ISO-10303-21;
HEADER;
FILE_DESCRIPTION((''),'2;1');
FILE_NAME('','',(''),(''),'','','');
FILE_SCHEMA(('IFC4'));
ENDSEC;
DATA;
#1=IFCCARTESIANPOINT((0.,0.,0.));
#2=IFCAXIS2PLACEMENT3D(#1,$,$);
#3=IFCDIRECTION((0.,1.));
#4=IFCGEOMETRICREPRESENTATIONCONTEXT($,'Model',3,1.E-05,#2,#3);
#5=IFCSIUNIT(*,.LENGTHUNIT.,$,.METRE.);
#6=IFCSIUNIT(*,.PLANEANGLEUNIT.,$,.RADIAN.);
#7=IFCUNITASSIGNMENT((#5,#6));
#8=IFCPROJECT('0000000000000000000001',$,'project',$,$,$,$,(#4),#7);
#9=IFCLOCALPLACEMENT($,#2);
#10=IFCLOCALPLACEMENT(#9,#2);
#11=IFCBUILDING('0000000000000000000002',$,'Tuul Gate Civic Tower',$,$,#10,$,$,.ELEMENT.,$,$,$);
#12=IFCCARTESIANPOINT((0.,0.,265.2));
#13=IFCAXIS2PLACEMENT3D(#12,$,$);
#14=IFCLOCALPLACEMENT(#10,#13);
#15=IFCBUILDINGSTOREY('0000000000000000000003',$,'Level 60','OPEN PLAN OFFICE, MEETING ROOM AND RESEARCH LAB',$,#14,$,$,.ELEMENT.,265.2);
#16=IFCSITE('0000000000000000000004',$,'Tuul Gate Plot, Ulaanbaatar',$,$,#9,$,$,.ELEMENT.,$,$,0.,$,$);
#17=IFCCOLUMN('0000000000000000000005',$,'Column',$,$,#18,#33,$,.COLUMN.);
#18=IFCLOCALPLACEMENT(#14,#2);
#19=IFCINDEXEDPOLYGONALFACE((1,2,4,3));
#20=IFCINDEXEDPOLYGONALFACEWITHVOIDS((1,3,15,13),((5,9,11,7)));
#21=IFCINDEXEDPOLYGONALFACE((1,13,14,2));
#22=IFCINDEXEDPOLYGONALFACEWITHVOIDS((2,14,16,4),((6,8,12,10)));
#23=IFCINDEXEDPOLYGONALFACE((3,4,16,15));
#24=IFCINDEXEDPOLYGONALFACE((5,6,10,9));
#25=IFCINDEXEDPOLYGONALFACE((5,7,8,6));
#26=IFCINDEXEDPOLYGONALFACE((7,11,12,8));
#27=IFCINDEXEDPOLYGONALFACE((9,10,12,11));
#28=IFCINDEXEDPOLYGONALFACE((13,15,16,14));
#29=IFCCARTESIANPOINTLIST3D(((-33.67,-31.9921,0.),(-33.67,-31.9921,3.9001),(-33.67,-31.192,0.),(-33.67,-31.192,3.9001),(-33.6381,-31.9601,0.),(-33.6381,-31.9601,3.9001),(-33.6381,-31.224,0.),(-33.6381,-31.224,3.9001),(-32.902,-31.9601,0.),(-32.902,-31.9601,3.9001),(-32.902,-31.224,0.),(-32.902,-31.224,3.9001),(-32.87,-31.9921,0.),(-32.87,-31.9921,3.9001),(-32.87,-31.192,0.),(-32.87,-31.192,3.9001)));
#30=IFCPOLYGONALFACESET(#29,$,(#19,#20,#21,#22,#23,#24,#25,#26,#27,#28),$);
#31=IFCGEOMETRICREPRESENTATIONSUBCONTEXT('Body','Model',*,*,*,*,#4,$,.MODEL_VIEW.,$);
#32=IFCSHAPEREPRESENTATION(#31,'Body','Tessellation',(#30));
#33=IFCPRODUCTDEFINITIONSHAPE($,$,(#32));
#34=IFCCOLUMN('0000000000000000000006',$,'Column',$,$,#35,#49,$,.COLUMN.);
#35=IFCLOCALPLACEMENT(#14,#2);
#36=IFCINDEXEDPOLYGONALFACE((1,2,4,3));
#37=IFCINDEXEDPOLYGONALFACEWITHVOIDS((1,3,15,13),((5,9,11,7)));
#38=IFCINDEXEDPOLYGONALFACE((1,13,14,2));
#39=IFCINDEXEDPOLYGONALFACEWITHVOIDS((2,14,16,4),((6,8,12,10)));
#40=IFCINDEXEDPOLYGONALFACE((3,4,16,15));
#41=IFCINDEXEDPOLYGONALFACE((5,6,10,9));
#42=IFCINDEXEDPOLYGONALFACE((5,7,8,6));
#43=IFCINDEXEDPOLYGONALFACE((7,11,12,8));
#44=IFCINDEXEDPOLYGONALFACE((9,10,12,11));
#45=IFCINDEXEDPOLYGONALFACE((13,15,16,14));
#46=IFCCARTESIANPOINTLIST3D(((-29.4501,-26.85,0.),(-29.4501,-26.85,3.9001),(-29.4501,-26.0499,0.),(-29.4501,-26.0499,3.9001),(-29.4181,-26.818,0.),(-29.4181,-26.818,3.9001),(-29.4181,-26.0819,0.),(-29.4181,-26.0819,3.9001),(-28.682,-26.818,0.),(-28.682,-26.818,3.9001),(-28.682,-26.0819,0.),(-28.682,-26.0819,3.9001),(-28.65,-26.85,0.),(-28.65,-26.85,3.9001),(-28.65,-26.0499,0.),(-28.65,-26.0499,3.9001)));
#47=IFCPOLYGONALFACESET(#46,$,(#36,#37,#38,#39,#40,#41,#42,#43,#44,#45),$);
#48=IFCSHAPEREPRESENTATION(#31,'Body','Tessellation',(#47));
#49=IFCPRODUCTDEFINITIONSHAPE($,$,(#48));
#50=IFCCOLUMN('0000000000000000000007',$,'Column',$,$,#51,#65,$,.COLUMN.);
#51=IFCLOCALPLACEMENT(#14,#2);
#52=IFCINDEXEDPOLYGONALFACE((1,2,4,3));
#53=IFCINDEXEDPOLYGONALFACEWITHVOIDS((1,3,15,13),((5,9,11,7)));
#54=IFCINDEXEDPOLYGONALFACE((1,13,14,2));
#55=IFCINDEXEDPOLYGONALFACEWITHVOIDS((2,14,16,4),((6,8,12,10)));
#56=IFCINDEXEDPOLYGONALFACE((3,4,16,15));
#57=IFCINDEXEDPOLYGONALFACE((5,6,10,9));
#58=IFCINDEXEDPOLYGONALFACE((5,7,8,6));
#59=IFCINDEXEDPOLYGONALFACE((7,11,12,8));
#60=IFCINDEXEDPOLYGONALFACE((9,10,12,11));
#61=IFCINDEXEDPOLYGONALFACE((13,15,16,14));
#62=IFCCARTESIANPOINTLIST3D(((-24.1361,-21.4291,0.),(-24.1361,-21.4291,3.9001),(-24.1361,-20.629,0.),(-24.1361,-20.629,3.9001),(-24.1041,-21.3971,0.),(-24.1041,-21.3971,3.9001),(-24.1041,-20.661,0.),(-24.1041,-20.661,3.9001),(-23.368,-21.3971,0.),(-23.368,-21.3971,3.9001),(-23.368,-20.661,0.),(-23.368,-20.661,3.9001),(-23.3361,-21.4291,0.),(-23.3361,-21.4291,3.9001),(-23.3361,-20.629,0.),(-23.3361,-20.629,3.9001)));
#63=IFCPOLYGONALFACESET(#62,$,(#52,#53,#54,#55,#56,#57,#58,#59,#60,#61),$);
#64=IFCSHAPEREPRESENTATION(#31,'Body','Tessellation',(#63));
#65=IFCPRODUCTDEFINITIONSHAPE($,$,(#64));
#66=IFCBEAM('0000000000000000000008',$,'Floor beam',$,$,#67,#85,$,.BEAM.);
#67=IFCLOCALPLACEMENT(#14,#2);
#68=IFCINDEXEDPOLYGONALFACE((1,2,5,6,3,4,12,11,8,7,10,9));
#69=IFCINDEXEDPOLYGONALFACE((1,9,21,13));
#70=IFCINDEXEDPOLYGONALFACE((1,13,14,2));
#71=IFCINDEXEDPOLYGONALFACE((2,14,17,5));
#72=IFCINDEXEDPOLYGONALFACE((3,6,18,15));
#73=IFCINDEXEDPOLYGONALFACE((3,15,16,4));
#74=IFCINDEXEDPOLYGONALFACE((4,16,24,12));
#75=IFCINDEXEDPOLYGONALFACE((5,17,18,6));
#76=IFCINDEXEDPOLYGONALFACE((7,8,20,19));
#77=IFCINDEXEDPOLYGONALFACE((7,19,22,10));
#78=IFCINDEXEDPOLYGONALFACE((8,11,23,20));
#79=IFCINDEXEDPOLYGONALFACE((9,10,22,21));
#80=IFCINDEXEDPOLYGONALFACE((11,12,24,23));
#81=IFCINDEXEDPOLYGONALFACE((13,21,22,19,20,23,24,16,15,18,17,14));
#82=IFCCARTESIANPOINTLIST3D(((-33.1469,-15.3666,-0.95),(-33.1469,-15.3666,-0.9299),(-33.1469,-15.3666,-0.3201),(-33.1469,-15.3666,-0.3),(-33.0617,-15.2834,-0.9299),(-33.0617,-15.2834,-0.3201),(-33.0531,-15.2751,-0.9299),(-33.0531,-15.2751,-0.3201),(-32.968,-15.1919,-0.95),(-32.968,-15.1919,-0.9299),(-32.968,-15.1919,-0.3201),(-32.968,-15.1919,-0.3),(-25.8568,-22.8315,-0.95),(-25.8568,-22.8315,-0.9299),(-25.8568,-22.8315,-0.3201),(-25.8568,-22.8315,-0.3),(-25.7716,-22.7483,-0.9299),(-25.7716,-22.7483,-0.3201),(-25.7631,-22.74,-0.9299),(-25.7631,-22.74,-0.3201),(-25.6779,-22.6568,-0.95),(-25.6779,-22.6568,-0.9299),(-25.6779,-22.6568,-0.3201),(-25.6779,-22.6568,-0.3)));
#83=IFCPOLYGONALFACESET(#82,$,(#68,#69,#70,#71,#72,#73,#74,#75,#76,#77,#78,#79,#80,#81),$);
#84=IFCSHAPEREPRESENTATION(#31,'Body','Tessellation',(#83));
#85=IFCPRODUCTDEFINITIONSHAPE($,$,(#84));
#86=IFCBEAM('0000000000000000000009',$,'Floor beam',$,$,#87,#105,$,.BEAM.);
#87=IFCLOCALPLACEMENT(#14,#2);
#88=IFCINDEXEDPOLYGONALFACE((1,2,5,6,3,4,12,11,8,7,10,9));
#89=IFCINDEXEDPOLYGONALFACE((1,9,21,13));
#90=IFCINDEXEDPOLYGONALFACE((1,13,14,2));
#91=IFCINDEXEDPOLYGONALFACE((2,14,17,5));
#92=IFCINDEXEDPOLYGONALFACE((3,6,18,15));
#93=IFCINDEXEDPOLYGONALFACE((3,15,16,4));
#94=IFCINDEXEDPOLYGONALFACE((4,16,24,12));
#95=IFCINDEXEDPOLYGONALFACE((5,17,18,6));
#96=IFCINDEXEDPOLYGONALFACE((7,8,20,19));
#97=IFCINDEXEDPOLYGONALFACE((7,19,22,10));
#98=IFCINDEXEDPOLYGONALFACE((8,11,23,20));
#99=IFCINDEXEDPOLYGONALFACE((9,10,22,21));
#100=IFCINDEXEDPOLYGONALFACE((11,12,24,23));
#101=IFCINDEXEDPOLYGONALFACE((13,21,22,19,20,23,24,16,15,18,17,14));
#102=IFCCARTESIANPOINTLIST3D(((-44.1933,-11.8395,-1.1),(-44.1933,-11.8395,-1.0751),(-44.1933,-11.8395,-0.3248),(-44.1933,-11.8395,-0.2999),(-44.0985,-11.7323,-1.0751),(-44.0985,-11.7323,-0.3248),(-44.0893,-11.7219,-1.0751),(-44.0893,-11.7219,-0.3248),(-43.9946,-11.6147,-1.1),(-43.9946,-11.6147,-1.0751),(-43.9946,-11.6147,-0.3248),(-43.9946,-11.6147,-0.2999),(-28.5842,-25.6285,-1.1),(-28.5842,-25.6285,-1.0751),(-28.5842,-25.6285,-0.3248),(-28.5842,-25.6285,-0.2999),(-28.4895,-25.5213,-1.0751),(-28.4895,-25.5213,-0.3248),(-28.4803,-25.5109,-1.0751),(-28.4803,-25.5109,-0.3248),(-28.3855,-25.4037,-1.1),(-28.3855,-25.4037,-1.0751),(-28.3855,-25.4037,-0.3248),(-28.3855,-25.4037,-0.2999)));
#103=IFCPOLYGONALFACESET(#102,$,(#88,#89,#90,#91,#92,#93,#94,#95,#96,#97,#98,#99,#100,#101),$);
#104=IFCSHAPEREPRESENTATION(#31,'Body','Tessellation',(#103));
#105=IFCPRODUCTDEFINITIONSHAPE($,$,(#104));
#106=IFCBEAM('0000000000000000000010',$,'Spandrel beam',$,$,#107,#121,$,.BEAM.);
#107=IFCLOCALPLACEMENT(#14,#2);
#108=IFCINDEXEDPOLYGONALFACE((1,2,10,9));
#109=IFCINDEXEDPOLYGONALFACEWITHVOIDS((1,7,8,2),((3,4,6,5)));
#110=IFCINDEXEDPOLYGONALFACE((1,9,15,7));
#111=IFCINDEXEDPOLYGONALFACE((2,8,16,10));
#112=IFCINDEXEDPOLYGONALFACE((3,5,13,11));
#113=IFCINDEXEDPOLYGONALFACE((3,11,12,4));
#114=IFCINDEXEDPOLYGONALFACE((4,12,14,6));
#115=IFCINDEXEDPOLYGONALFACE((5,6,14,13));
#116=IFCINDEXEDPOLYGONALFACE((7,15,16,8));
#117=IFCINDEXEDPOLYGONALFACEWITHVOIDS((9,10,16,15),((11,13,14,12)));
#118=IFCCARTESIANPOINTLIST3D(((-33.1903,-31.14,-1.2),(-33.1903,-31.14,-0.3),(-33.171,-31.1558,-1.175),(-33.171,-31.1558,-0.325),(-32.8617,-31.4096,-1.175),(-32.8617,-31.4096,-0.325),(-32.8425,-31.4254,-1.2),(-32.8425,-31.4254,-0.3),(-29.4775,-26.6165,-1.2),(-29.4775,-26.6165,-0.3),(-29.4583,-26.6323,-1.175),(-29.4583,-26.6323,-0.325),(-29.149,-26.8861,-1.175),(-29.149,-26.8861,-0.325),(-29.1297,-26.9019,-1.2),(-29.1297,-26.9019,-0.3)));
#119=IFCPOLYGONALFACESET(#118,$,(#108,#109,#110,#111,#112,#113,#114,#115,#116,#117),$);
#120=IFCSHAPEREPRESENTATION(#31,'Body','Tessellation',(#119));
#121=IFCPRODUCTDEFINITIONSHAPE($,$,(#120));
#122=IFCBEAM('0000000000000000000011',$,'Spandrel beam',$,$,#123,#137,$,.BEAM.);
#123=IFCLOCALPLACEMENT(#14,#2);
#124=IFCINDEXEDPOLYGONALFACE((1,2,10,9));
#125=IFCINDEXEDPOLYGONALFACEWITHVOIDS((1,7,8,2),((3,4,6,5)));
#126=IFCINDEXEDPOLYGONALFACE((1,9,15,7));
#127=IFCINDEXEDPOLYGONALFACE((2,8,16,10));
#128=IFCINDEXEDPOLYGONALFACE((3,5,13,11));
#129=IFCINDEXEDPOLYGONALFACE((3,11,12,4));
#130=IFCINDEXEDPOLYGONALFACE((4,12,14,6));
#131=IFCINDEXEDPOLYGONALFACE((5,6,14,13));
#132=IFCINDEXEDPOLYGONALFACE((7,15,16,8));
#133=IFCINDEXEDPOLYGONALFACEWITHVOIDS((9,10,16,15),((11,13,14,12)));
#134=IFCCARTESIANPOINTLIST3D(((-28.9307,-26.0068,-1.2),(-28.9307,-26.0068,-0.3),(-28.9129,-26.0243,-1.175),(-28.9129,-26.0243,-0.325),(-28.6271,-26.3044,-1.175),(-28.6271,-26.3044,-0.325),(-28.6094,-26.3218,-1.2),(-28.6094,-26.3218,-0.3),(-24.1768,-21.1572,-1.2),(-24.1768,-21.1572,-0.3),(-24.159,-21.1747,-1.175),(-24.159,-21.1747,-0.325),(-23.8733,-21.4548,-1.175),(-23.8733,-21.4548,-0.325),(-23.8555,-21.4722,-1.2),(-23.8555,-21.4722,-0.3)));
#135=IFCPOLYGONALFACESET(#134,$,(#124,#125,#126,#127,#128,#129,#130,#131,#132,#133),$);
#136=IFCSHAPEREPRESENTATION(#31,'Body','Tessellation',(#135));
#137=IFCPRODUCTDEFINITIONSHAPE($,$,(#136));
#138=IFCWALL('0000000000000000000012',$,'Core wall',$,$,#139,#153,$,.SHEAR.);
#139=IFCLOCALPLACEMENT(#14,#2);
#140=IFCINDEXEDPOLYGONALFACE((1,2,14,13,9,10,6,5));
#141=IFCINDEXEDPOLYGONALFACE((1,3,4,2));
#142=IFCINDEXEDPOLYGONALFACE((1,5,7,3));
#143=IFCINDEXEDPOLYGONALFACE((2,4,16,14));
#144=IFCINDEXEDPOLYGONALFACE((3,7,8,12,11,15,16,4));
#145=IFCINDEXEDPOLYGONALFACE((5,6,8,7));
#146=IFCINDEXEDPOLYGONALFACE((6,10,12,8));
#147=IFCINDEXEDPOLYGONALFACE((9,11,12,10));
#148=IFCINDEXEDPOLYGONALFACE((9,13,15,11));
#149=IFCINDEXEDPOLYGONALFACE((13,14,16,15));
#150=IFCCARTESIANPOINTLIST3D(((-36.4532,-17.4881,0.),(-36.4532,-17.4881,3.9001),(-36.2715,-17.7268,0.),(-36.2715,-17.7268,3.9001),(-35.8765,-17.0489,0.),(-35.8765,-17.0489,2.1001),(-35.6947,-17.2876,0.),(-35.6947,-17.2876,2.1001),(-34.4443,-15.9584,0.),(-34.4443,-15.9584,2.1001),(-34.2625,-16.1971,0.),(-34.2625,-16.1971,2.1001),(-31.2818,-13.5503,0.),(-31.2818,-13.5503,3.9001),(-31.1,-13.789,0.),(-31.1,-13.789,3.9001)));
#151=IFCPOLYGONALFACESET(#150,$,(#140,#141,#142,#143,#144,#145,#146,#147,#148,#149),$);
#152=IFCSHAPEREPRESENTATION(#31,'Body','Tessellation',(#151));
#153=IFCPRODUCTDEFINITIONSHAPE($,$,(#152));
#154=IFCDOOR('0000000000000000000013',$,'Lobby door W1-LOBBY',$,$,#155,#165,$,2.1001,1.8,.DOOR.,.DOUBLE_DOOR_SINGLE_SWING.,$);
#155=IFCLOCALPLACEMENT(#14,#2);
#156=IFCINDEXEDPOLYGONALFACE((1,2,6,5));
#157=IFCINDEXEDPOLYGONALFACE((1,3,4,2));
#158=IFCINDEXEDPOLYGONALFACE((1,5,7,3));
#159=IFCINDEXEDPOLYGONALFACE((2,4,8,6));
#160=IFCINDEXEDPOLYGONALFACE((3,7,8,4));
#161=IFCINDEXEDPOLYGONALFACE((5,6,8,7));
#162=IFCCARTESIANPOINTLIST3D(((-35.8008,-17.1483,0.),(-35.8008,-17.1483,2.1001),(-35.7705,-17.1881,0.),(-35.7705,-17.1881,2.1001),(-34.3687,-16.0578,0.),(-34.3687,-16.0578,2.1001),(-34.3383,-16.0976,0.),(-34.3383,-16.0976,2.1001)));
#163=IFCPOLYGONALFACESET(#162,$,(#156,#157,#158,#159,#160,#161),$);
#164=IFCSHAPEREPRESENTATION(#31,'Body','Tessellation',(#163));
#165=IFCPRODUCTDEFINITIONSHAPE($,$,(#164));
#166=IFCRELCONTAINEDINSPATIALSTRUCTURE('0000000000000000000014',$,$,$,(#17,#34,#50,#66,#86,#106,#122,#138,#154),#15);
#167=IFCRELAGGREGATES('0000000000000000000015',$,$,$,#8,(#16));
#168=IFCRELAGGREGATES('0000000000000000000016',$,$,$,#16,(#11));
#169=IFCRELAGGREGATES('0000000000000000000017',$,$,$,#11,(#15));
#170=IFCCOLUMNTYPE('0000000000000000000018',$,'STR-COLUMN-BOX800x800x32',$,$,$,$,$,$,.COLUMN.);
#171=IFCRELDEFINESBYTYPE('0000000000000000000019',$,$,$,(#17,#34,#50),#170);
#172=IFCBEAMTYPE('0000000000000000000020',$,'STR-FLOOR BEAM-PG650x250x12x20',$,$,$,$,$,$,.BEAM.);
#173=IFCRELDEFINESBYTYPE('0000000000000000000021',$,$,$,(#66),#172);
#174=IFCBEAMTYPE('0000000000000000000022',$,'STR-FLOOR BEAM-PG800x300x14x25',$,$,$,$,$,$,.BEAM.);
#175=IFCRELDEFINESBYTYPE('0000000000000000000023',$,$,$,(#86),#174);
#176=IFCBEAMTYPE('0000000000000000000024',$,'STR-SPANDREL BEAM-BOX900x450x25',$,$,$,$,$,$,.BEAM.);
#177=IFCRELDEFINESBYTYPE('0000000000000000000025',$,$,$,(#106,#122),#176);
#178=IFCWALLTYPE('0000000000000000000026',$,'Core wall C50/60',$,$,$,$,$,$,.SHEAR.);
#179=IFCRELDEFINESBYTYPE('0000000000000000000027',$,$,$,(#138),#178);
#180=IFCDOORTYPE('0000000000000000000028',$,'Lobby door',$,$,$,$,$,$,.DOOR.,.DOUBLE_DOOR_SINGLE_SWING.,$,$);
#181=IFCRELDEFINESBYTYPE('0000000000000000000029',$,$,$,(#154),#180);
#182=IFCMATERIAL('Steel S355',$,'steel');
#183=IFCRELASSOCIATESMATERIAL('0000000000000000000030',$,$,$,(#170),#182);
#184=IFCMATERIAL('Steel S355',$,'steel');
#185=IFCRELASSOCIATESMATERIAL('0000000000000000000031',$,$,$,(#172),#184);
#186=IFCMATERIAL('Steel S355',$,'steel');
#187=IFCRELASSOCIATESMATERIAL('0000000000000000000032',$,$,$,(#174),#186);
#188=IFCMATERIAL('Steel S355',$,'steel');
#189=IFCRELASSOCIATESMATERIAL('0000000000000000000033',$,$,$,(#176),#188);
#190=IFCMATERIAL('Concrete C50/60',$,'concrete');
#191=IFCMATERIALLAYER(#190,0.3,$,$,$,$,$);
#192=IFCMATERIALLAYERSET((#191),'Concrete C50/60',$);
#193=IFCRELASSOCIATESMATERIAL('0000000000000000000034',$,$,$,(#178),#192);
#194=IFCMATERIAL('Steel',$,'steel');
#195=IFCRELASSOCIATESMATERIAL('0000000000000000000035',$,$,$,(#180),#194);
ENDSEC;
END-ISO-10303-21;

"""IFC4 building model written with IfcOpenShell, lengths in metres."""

from ifc_helpers import new_model, si_unit, direction, frame, frame_2d, origin, origin_2d, place, context, subcontext, project, spatial, rectangle, hollow_rectangle, i_section, extrude, material, layer, layer_set, material_profile, profile_set, type_object, element, fill, save


model = new_model("IFC4")

# Units and contexts
model_context = context("Model", 3, precision=1e-05, world=origin(), true_north=direction((0.0, 1.0)))
body_context = subcontext(model_context, "Body", "Model", "MODEL_VIEW")
ifc_project = project(units=[si_unit("LENGTHUNIT", "METRE"), si_unit("PLANEANGLEUNIT", "RADIAN")], contexts=[model_context])

# Site, building, storey
site_placement = place(None, origin())
site = spatial("IfcSite", under=ifc_project, at=site_placement, Name="Tuul Gate Plot, Ulaanbaatar", CompositionType="ELEMENT", RefElevation=0.0)
building_placement = place(site_placement, origin())
building = spatial("IfcBuilding", under=site, at=building_placement, Name="Tuul Gate Civic Tower", CompositionType="ELEMENT")
storey_placement = place(building_placement, frame((0.0, 0.0, 265.2)))
storey = spatial("IfcBuildingStorey", under=building, at=storey_placement, Name="Level 60", Description="OPEN PLAN OFFICE, MEETING ROOM AND RESEARCH LAB", CompositionType="ELEMENT", Elevation=265.2)

# Columns
ifc_material_1 = material(Name="Steel S355", Category="steel")
ifc_material_profile_1 = material_profile(ifc_material_1, hollow_rectangle(XDim=0.8, YDim=0.8, WallThickness=0.032, at=origin_2d()), Name="BOX800x800x32")
ifc_profile_set_1 = profile_set([ifc_material_profile_1], Name="Steel S355")
column_type = type_object("IfcColumnType", Name="STR-COLUMN-BOX800x800x32", PredefinedType="COLUMN", material=ifc_profile_set_1)
for number, where, z_axis, x_axis, name in (
    (1, (-33.27, -31.592, 0.0), (0.0, 0.0, 1.0), (1.0, 0.0, 0.0), "Column"),
    (2, (-29.05, -26.45, 0.0), (0.0, 0.0, 1.0), (1.0, 0.0, 0.0), "Column"),
    (3, (-23.7361, -21.0291, 0.0), (0.0, 0.0, 1.0), (1.0, 0.0, 0.0), "Column"),
):
    element("IfcColumn", number, at=place(storey_placement, frame(where, z_axis=z_axis, x_axis=x_axis)), inside=storey, type_object=column_type, Name=name, PredefinedType="COLUMN", context=body_context, shape_type="SweptSolid", body=[
        extrude(hollow_rectangle(XDim=0.8, YDim=0.8, WallThickness=0.032, at=origin_2d()), origin(), (0.0, 0.0, 1.0), 3.9001),
    ])

# Beams
ifc_material_2 = material(Name="Steel S355", Category="steel")
ifc_material_profile_2 = material_profile(ifc_material_2, i_section(OverallWidth=0.25, OverallDepth=0.6499, WebThickness=0.012, FlangeThickness=0.02, at=origin_2d()), Name="PG650x250x12x20")
ifc_profile_set_2 = profile_set([ifc_material_profile_2], Name="Steel S355")
beam_type_1 = type_object("IfcBeamType", Name="STR-FLOOR BEAM-PG650x250x12x20", PredefinedType="BEAM", material=ifc_profile_set_2)
beam_1_placement = place(storey_placement, frame((-25.7673, -22.7441, -0.625), z_axis=(-0.69868, 0.715434, 0.0), x_axis=(-0.715434, -0.69868, 0.0)))
element("IfcBeam", 4, at=beam_1_placement, inside=storey, type_object=beam_type_1, Name="Floor beam", PredefinedType="BEAM", context=body_context, shape_type="SweptSolid", body=[
    extrude(i_section(OverallWidth=0.25, OverallDepth=0.6499, WebThickness=0.012, FlangeThickness=0.02, at=origin_2d()), origin(), (0.0, 0.0, 1.0), 10.4341),
])
ifc_material_3 = material(Name="Steel S355", Category="steel")
ifc_material_profile_3 = material_profile(ifc_material_3, i_section(OverallWidth=0.3, OverallDepth=0.8, WebThickness=0.0139, FlangeThickness=0.0249, at=origin_2d()), Name="PG800x300x14x25")
ifc_profile_set_3 = profile_set([ifc_material_profile_3], Name="Steel S355")
beam_type_2 = type_object("IfcBeamType", Name="STR-FLOOR BEAM-PG800x300x14x25", PredefinedType="BEAM", material=ifc_profile_set_3)
beam_2_placement = place(storey_placement, frame((-28.4849, -25.5161, -0.7), z_axis=(-0.749449, 0.662062, 0.0), x_axis=(-0.662062, -0.749449, 0.0)))
element("IfcBeam", 5, at=beam_2_placement, inside=storey, type_object=beam_type_2, Name="Floor beam", PredefinedType="BEAM", context=body_context, shape_type="SweptSolid", body=[
    extrude(i_section(OverallWidth=0.3, OverallDepth=0.8, WebThickness=0.0139, FlangeThickness=0.0249, at=origin_2d()), origin(), (0.0, 0.0, 1.0), 20.8274),
])
ifc_material_4 = material(Name="Steel S355", Category="steel")
ifc_material_profile_4 = material_profile(ifc_material_4, hollow_rectangle(XDim=0.45, YDim=0.8999, WallThickness=0.0249, at=origin_2d()), Name="BOX900x450x25")
ifc_profile_set_4 = profile_set([ifc_material_profile_4], Name="Steel S355")
beam_type_3 = type_object("IfcBeamType", Name="STR-SPANDREL BEAM-BOX900x450x25", PredefinedType="BEAM", material=ifc_profile_set_4)
beam_3_placement = place(storey_placement, frame((-33.0164, -31.2827, -0.75), z_axis=(0.63443, 0.772981, 0.0), x_axis=(-0.772981, 0.63443, 0.0)))
element("IfcBeam", 6, at=beam_3_placement, inside=storey, type_object=beam_type_3, Name="Spandrel beam", PredefinedType="BEAM", context=body_context, shape_type="SweptSolid", body=[
    extrude(hollow_rectangle(XDim=0.45, YDim=0.8999, WallThickness=0.0249, at=origin_2d()), origin(), (0.0, 0.0, 1.0), 5.8521),
])
beam_4_placement = place(storey_placement, frame((-28.77, -26.1643, -0.75), z_axis=(0.700025, 0.714118, 0.0), x_axis=(-0.714118, 0.700025, 0.0)))
element("IfcBeam", 7, at=beam_4_placement, inside=storey, type_object=beam_type_3, Name="Spandrel beam", PredefinedType="BEAM", context=body_context, shape_type="SweptSolid", body=[
    extrude(hollow_rectangle(XDim=0.45, YDim=0.8999, WallThickness=0.0249, at=origin_2d()), origin(), (0.0, 0.0, 1.0), 6.791),
])

# Wall, opening, door
ifc_material_5 = material(Name="Concrete C50/60", Category="concrete")
ifc_layer_1 = layer(ifc_material_5, 0.3)
ifc_layer_set_1 = layer_set([ifc_layer_1], Name="Concrete C50/60")
wall_type_1 = type_object("IfcWallType", Name="Core wall C50/60", PredefinedType="SHEAR", material=ifc_layer_set_1)
wall_1_placement = place(storey_placement, frame((-31.1909, -13.6697, 0.0), z_axis=(0.0, 0.0, 1.0), x_axis=(-0.795607, -0.605813, 0.0)))
wall_1 = element("IfcWall", 8, at=wall_1_placement, inside=storey, type_object=wall_type_1, Name="Core wall", PredefinedType="SHEAR", context=body_context, shape_type="SweptSolid", body=[
    extrude(rectangle(XDim=6.5, YDim=0.3, at=frame_2d((3.25, 0.0))), origin(), (0.0, 0.0, 1.0), 3.9001),
])
opening_1_placement = place(wall_1_placement, frame((3.9751, 0.0, 0.0)))
opening_1 = element("IfcOpeningElement", 9, at=opening_1_placement, cuts=wall_1, PredefinedType="OPENING", context=body_context, shape_type="SweptSolid", body=[
    extrude(rectangle(XDim=1.8, YDim=2.1001, at=frame_2d((0.8999, 1.05))), frame((0.0, 0.1602, 0.0), z_axis=(0.0, -1.0, 0.0), x_axis=(1.0, 0.0, 0.0)), (0.0, 0.0, 1.0), 0.3201),
])
ifc_material_6 = material(Name="Steel", Category="steel")
door_type_1 = type_object("IfcDoorType", Name="Lobby door", OperationType="DOUBLE_DOOR_SINGLE_SWING", PredefinedType="DOOR", material=ifc_material_6)
door_1_placement = place(opening_1_placement, origin())
door_1 = element("IfcDoor", 10, at=door_1_placement, inside=storey, type_object=door_type_1, Name="Lobby door W1-LOBBY", OperationType="DOUBLE_DOOR_SINGLE_SWING", OverallHeight=2.1001, OverallWidth=1.8, PredefinedType="DOOR", context=body_context, shape_type="SweptSolid", body=[
    extrude(rectangle(XDim=1.8, YDim=2.1001, at=frame_2d((0.8999, 1.05))), frame((0.0, 0.0249, 0.0), z_axis=(0.0, -1.0, 0.0), x_axis=(1.0, 0.0, 0.0)), (0.0, 0.0, 1.0), 0.05),
])
fill(opening_1, door_1)

save(model, "model.ifc")
